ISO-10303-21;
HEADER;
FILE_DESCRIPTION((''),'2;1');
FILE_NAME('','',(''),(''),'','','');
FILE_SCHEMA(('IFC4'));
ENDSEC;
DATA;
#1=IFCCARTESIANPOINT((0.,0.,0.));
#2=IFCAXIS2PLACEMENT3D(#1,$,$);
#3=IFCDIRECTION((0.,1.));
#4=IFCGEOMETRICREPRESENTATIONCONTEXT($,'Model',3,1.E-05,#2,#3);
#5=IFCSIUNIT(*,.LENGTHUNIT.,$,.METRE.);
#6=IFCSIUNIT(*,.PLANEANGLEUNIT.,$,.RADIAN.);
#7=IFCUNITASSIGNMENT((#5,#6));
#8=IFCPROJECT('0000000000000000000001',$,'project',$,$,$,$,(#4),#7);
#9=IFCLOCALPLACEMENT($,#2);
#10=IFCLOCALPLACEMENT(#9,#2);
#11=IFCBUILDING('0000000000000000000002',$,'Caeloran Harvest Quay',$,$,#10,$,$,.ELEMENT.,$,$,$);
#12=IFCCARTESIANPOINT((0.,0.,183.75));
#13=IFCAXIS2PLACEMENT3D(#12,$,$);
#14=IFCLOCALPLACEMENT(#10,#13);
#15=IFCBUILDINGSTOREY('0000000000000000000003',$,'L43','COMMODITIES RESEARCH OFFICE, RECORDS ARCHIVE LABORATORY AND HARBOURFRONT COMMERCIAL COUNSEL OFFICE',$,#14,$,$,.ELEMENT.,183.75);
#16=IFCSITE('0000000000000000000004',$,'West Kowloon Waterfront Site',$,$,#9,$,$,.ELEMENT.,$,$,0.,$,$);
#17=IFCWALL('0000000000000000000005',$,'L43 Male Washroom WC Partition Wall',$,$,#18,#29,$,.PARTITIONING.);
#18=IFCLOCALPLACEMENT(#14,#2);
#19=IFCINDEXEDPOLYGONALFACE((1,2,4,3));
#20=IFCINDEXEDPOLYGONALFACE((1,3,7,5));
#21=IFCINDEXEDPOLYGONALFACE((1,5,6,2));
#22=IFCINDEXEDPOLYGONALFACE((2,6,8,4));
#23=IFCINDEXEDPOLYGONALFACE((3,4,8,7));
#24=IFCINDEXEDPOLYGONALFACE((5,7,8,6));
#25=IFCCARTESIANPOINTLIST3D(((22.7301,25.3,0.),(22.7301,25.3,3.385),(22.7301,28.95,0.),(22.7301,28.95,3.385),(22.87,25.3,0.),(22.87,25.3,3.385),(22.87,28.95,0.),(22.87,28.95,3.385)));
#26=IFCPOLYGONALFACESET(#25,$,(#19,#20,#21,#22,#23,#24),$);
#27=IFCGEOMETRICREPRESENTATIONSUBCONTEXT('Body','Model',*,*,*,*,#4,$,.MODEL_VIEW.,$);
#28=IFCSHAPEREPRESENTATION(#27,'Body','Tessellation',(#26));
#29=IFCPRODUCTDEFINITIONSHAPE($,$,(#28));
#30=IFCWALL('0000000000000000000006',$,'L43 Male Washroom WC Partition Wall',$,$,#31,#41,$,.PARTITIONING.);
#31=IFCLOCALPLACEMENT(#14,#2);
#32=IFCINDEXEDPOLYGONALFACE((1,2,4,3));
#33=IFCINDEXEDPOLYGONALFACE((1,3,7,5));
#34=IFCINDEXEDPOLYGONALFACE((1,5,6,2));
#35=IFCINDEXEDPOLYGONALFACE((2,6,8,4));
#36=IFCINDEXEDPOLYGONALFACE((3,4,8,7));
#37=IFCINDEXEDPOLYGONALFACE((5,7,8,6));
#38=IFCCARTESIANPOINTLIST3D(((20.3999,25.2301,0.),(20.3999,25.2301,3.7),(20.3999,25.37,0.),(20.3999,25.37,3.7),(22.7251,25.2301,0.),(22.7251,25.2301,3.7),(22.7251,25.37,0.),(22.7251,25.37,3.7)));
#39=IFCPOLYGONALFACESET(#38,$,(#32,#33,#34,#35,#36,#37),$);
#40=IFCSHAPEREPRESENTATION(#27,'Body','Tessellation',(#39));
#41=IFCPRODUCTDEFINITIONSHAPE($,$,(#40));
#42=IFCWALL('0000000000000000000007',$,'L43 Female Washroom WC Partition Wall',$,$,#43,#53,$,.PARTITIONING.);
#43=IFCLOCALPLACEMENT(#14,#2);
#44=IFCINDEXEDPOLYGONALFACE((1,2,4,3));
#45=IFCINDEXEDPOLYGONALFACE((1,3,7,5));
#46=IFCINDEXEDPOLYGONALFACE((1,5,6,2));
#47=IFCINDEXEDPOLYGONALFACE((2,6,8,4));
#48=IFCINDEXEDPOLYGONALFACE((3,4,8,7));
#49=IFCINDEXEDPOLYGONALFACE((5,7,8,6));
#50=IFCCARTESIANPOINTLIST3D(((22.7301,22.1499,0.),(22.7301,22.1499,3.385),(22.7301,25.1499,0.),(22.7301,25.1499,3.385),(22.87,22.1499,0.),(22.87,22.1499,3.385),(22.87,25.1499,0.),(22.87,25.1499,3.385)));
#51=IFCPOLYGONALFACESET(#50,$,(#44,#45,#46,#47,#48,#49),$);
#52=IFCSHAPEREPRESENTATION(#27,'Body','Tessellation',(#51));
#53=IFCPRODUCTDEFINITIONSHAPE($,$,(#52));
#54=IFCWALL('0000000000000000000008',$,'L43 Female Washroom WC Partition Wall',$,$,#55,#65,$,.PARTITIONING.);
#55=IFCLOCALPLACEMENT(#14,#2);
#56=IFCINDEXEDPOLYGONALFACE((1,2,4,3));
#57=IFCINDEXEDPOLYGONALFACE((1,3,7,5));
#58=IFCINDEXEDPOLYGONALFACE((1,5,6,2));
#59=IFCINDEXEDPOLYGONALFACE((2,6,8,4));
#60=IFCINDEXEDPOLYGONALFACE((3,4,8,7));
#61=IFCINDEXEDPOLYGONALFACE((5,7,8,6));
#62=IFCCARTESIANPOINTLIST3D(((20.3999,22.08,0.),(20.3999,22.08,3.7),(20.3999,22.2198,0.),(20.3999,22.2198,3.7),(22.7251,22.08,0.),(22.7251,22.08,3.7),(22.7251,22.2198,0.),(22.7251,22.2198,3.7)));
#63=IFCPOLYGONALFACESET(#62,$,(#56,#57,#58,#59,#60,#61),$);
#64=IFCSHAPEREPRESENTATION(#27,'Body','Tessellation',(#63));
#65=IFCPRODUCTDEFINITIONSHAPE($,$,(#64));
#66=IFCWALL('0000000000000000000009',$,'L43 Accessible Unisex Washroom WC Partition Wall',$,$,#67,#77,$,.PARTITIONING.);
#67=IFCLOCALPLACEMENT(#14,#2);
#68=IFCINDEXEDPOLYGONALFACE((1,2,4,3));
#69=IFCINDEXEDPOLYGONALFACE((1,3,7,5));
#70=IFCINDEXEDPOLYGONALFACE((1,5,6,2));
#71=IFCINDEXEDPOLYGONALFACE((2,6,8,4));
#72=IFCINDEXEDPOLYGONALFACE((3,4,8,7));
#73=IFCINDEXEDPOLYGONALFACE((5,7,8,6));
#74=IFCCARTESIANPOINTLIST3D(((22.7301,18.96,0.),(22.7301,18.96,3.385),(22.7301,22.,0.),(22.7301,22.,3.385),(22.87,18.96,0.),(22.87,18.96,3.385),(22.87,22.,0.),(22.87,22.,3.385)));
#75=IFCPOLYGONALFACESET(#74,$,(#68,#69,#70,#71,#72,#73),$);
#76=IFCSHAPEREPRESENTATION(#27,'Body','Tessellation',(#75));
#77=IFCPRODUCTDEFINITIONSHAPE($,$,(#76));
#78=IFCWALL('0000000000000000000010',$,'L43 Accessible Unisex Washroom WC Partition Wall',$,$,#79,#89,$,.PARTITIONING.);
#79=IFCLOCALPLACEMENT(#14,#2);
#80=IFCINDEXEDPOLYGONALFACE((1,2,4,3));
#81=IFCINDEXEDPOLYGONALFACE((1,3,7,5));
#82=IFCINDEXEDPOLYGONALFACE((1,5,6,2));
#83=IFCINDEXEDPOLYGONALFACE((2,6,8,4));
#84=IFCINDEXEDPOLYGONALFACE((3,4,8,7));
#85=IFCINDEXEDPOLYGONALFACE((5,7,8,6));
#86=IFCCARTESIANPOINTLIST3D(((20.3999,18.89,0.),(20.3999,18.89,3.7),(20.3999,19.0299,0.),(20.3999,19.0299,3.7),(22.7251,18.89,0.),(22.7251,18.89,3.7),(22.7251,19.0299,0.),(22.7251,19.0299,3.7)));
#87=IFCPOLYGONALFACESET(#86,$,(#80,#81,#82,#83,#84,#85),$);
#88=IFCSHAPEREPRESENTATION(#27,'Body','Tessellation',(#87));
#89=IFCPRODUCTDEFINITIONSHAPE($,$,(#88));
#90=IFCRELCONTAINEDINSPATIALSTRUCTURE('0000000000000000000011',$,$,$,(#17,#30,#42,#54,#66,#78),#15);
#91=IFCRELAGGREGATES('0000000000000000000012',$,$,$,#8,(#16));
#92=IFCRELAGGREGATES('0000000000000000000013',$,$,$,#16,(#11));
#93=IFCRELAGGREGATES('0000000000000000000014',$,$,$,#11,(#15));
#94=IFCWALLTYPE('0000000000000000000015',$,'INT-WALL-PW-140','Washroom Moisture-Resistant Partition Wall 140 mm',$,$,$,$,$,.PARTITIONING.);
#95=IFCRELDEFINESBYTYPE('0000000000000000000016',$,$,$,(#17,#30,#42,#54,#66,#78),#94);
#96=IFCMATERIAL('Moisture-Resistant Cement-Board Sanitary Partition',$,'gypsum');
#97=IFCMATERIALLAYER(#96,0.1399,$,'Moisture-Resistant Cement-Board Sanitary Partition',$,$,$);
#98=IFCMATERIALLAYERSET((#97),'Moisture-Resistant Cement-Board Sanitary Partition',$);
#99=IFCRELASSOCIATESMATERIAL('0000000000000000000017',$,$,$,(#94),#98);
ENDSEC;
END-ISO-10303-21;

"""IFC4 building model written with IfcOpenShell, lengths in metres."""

from ifc_helpers import new_model, si_unit, direction, frame, frame_2d, origin, place, context, subcontext, project, spatial, rectangle, extrude, material, layer, layer_set, type_object, element, save


model = new_model("IFC4")

# Units and contexts
model_context = context("Model", 3, precision=1e-05, world=origin(), true_north=direction((0.0, 1.0)))
body_context = subcontext(model_context, "Body", "Model", "MODEL_VIEW")
ifc_project = project(units=[si_unit("LENGTHUNIT", "METRE"), si_unit("PLANEANGLEUNIT", "RADIAN")], contexts=[model_context])

# Site, building, storey
site_placement = place(None, origin())
site = spatial("IfcSite", under=ifc_project, at=site_placement, Name="West Kowloon Waterfront Site", CompositionType="ELEMENT", RefElevation=0.0)
building_placement = place(site_placement, origin())
building = spatial("IfcBuilding", under=site, at=building_placement, Name="Caeloran Harvest Quay", CompositionType="ELEMENT")
storey_placement = place(building_placement, frame((0.0, 0.0, 183.75)))
storey = spatial("IfcBuildingStorey", under=building, at=storey_placement, Name="L43", Description="COMMODITIES RESEARCH OFFICE, RECORDS ARCHIVE LABORATORY AND HARBOURFRONT COMMERCIAL COUNSEL OFFICE", CompositionType="ELEMENT", Elevation=183.75)

# Walls
ifc_material_1 = material(Name="Moisture-Resistant Cement-Board Sanitary Partition", Category="gypsum")
ifc_layer_1 = layer(ifc_material_1, 0.1399, Name="Moisture-Resistant Cement-Board Sanitary Partition")
ifc_layer_set_1 = layer_set([ifc_layer_1], Name="Moisture-Resistant Cement-Board Sanitary Partition")
wall_type_1 = type_object("IfcWallType", Name="INT-WALL-PW-140", Description="Washroom Moisture-Resistant Partition Wall 140 mm", PredefinedType="PARTITIONING", material=ifc_layer_set_1)
wall_1_placement = place(storey_placement, frame((22.8, 28.95, 0.0), z_axis=(0.0, 0.0, 1.0), x_axis=(0.0, -1.0, 0.0)))
element("IfcWall", 1, at=wall_1_placement, inside=storey, type_object=wall_type_1, Name="L43 Male Washroom WC Partition Wall", PredefinedType="PARTITIONING", context=body_context, shape_type="SweptSolid", body=[
    extrude(rectangle(XDim=3.6499, YDim=0.1399, at=frame_2d((1.825, 0.0))), origin(), (0.0, 0.0, 1.0), 3.385),
])
wall_2_placement = place(storey_placement, frame((22.7251, 25.3, 0.0), z_axis=(0.0, 0.0, 1.0), x_axis=(-1.0, 0.0, 0.0)))
element("IfcWall", 2, at=wall_2_placement, inside=storey, type_object=wall_type_1, Name="L43 Male Washroom WC Partition Wall", PredefinedType="PARTITIONING", context=body_context, shape_type="SweptSolid", body=[
    extrude(rectangle(XDim=2.3252, YDim=0.1399, at=frame_2d((1.1626, 0.0))), origin(), (0.0, 0.0, 1.0), 3.7),
])
wall_3_placement = place(storey_placement, frame((22.8, 25.1499, 0.0), z_axis=(0.0, 0.0, 1.0), x_axis=(0.0, -1.0, 0.0)))
element("IfcWall", 3, at=wall_3_placement, inside=storey, type_object=wall_type_1, Name="L43 Female Washroom WC Partition Wall", PredefinedType="PARTITIONING", context=body_context, shape_type="SweptSolid", body=[
    extrude(rectangle(XDim=3.0, YDim=0.1399, at=frame_2d((1.5, 0.0))), origin(), (0.0, 0.0, 1.0), 3.385),
])
wall_4_placement = place(storey_placement, frame((22.7251, 22.1499, 0.0), z_axis=(0.0, 0.0, 1.0), x_axis=(-1.0, 0.0, 0.0)))
element("IfcWall", 4, at=wall_4_placement, inside=storey, type_object=wall_type_1, Name="L43 Female Washroom WC Partition Wall", PredefinedType="PARTITIONING", context=body_context, shape_type="SweptSolid", body=[
    extrude(rectangle(XDim=2.3252, YDim=0.1399, at=frame_2d((1.1626, 0.0))), origin(), (0.0, 0.0, 1.0), 3.7),
])
wall_5_placement = place(storey_placement, frame((22.8, 22.0, 0.0), z_axis=(0.0, 0.0, 1.0), x_axis=(0.0, -1.0, 0.0)))
element("IfcWall", 5, at=wall_5_placement, inside=storey, type_object=wall_type_1, Name="L43 Accessible Unisex Washroom WC Partition Wall", PredefinedType="PARTITIONING", context=body_context, shape_type="SweptSolid", body=[
    extrude(rectangle(XDim=3.04, YDim=0.1399, at=frame_2d((1.52, 0.0))), origin(), (0.0, 0.0, 1.0), 3.385),
])
wall_6_placement = place(storey_placement, frame((22.7251, 18.96, 0.0), z_axis=(0.0, 0.0, 1.0), x_axis=(-1.0, 0.0, 0.0)))
element("IfcWall", 6, at=wall_6_placement, inside=storey, type_object=wall_type_1, Name="L43 Accessible Unisex Washroom WC Partition Wall", PredefinedType="PARTITIONING", context=body_context, shape_type="SweptSolid", body=[
    extrude(rectangle(XDim=2.3252, YDim=0.1399, at=frame_2d((1.1626, 0.0))), origin(), (0.0, 0.0, 1.0), 3.7),
])

save(model, "model.ifc")
